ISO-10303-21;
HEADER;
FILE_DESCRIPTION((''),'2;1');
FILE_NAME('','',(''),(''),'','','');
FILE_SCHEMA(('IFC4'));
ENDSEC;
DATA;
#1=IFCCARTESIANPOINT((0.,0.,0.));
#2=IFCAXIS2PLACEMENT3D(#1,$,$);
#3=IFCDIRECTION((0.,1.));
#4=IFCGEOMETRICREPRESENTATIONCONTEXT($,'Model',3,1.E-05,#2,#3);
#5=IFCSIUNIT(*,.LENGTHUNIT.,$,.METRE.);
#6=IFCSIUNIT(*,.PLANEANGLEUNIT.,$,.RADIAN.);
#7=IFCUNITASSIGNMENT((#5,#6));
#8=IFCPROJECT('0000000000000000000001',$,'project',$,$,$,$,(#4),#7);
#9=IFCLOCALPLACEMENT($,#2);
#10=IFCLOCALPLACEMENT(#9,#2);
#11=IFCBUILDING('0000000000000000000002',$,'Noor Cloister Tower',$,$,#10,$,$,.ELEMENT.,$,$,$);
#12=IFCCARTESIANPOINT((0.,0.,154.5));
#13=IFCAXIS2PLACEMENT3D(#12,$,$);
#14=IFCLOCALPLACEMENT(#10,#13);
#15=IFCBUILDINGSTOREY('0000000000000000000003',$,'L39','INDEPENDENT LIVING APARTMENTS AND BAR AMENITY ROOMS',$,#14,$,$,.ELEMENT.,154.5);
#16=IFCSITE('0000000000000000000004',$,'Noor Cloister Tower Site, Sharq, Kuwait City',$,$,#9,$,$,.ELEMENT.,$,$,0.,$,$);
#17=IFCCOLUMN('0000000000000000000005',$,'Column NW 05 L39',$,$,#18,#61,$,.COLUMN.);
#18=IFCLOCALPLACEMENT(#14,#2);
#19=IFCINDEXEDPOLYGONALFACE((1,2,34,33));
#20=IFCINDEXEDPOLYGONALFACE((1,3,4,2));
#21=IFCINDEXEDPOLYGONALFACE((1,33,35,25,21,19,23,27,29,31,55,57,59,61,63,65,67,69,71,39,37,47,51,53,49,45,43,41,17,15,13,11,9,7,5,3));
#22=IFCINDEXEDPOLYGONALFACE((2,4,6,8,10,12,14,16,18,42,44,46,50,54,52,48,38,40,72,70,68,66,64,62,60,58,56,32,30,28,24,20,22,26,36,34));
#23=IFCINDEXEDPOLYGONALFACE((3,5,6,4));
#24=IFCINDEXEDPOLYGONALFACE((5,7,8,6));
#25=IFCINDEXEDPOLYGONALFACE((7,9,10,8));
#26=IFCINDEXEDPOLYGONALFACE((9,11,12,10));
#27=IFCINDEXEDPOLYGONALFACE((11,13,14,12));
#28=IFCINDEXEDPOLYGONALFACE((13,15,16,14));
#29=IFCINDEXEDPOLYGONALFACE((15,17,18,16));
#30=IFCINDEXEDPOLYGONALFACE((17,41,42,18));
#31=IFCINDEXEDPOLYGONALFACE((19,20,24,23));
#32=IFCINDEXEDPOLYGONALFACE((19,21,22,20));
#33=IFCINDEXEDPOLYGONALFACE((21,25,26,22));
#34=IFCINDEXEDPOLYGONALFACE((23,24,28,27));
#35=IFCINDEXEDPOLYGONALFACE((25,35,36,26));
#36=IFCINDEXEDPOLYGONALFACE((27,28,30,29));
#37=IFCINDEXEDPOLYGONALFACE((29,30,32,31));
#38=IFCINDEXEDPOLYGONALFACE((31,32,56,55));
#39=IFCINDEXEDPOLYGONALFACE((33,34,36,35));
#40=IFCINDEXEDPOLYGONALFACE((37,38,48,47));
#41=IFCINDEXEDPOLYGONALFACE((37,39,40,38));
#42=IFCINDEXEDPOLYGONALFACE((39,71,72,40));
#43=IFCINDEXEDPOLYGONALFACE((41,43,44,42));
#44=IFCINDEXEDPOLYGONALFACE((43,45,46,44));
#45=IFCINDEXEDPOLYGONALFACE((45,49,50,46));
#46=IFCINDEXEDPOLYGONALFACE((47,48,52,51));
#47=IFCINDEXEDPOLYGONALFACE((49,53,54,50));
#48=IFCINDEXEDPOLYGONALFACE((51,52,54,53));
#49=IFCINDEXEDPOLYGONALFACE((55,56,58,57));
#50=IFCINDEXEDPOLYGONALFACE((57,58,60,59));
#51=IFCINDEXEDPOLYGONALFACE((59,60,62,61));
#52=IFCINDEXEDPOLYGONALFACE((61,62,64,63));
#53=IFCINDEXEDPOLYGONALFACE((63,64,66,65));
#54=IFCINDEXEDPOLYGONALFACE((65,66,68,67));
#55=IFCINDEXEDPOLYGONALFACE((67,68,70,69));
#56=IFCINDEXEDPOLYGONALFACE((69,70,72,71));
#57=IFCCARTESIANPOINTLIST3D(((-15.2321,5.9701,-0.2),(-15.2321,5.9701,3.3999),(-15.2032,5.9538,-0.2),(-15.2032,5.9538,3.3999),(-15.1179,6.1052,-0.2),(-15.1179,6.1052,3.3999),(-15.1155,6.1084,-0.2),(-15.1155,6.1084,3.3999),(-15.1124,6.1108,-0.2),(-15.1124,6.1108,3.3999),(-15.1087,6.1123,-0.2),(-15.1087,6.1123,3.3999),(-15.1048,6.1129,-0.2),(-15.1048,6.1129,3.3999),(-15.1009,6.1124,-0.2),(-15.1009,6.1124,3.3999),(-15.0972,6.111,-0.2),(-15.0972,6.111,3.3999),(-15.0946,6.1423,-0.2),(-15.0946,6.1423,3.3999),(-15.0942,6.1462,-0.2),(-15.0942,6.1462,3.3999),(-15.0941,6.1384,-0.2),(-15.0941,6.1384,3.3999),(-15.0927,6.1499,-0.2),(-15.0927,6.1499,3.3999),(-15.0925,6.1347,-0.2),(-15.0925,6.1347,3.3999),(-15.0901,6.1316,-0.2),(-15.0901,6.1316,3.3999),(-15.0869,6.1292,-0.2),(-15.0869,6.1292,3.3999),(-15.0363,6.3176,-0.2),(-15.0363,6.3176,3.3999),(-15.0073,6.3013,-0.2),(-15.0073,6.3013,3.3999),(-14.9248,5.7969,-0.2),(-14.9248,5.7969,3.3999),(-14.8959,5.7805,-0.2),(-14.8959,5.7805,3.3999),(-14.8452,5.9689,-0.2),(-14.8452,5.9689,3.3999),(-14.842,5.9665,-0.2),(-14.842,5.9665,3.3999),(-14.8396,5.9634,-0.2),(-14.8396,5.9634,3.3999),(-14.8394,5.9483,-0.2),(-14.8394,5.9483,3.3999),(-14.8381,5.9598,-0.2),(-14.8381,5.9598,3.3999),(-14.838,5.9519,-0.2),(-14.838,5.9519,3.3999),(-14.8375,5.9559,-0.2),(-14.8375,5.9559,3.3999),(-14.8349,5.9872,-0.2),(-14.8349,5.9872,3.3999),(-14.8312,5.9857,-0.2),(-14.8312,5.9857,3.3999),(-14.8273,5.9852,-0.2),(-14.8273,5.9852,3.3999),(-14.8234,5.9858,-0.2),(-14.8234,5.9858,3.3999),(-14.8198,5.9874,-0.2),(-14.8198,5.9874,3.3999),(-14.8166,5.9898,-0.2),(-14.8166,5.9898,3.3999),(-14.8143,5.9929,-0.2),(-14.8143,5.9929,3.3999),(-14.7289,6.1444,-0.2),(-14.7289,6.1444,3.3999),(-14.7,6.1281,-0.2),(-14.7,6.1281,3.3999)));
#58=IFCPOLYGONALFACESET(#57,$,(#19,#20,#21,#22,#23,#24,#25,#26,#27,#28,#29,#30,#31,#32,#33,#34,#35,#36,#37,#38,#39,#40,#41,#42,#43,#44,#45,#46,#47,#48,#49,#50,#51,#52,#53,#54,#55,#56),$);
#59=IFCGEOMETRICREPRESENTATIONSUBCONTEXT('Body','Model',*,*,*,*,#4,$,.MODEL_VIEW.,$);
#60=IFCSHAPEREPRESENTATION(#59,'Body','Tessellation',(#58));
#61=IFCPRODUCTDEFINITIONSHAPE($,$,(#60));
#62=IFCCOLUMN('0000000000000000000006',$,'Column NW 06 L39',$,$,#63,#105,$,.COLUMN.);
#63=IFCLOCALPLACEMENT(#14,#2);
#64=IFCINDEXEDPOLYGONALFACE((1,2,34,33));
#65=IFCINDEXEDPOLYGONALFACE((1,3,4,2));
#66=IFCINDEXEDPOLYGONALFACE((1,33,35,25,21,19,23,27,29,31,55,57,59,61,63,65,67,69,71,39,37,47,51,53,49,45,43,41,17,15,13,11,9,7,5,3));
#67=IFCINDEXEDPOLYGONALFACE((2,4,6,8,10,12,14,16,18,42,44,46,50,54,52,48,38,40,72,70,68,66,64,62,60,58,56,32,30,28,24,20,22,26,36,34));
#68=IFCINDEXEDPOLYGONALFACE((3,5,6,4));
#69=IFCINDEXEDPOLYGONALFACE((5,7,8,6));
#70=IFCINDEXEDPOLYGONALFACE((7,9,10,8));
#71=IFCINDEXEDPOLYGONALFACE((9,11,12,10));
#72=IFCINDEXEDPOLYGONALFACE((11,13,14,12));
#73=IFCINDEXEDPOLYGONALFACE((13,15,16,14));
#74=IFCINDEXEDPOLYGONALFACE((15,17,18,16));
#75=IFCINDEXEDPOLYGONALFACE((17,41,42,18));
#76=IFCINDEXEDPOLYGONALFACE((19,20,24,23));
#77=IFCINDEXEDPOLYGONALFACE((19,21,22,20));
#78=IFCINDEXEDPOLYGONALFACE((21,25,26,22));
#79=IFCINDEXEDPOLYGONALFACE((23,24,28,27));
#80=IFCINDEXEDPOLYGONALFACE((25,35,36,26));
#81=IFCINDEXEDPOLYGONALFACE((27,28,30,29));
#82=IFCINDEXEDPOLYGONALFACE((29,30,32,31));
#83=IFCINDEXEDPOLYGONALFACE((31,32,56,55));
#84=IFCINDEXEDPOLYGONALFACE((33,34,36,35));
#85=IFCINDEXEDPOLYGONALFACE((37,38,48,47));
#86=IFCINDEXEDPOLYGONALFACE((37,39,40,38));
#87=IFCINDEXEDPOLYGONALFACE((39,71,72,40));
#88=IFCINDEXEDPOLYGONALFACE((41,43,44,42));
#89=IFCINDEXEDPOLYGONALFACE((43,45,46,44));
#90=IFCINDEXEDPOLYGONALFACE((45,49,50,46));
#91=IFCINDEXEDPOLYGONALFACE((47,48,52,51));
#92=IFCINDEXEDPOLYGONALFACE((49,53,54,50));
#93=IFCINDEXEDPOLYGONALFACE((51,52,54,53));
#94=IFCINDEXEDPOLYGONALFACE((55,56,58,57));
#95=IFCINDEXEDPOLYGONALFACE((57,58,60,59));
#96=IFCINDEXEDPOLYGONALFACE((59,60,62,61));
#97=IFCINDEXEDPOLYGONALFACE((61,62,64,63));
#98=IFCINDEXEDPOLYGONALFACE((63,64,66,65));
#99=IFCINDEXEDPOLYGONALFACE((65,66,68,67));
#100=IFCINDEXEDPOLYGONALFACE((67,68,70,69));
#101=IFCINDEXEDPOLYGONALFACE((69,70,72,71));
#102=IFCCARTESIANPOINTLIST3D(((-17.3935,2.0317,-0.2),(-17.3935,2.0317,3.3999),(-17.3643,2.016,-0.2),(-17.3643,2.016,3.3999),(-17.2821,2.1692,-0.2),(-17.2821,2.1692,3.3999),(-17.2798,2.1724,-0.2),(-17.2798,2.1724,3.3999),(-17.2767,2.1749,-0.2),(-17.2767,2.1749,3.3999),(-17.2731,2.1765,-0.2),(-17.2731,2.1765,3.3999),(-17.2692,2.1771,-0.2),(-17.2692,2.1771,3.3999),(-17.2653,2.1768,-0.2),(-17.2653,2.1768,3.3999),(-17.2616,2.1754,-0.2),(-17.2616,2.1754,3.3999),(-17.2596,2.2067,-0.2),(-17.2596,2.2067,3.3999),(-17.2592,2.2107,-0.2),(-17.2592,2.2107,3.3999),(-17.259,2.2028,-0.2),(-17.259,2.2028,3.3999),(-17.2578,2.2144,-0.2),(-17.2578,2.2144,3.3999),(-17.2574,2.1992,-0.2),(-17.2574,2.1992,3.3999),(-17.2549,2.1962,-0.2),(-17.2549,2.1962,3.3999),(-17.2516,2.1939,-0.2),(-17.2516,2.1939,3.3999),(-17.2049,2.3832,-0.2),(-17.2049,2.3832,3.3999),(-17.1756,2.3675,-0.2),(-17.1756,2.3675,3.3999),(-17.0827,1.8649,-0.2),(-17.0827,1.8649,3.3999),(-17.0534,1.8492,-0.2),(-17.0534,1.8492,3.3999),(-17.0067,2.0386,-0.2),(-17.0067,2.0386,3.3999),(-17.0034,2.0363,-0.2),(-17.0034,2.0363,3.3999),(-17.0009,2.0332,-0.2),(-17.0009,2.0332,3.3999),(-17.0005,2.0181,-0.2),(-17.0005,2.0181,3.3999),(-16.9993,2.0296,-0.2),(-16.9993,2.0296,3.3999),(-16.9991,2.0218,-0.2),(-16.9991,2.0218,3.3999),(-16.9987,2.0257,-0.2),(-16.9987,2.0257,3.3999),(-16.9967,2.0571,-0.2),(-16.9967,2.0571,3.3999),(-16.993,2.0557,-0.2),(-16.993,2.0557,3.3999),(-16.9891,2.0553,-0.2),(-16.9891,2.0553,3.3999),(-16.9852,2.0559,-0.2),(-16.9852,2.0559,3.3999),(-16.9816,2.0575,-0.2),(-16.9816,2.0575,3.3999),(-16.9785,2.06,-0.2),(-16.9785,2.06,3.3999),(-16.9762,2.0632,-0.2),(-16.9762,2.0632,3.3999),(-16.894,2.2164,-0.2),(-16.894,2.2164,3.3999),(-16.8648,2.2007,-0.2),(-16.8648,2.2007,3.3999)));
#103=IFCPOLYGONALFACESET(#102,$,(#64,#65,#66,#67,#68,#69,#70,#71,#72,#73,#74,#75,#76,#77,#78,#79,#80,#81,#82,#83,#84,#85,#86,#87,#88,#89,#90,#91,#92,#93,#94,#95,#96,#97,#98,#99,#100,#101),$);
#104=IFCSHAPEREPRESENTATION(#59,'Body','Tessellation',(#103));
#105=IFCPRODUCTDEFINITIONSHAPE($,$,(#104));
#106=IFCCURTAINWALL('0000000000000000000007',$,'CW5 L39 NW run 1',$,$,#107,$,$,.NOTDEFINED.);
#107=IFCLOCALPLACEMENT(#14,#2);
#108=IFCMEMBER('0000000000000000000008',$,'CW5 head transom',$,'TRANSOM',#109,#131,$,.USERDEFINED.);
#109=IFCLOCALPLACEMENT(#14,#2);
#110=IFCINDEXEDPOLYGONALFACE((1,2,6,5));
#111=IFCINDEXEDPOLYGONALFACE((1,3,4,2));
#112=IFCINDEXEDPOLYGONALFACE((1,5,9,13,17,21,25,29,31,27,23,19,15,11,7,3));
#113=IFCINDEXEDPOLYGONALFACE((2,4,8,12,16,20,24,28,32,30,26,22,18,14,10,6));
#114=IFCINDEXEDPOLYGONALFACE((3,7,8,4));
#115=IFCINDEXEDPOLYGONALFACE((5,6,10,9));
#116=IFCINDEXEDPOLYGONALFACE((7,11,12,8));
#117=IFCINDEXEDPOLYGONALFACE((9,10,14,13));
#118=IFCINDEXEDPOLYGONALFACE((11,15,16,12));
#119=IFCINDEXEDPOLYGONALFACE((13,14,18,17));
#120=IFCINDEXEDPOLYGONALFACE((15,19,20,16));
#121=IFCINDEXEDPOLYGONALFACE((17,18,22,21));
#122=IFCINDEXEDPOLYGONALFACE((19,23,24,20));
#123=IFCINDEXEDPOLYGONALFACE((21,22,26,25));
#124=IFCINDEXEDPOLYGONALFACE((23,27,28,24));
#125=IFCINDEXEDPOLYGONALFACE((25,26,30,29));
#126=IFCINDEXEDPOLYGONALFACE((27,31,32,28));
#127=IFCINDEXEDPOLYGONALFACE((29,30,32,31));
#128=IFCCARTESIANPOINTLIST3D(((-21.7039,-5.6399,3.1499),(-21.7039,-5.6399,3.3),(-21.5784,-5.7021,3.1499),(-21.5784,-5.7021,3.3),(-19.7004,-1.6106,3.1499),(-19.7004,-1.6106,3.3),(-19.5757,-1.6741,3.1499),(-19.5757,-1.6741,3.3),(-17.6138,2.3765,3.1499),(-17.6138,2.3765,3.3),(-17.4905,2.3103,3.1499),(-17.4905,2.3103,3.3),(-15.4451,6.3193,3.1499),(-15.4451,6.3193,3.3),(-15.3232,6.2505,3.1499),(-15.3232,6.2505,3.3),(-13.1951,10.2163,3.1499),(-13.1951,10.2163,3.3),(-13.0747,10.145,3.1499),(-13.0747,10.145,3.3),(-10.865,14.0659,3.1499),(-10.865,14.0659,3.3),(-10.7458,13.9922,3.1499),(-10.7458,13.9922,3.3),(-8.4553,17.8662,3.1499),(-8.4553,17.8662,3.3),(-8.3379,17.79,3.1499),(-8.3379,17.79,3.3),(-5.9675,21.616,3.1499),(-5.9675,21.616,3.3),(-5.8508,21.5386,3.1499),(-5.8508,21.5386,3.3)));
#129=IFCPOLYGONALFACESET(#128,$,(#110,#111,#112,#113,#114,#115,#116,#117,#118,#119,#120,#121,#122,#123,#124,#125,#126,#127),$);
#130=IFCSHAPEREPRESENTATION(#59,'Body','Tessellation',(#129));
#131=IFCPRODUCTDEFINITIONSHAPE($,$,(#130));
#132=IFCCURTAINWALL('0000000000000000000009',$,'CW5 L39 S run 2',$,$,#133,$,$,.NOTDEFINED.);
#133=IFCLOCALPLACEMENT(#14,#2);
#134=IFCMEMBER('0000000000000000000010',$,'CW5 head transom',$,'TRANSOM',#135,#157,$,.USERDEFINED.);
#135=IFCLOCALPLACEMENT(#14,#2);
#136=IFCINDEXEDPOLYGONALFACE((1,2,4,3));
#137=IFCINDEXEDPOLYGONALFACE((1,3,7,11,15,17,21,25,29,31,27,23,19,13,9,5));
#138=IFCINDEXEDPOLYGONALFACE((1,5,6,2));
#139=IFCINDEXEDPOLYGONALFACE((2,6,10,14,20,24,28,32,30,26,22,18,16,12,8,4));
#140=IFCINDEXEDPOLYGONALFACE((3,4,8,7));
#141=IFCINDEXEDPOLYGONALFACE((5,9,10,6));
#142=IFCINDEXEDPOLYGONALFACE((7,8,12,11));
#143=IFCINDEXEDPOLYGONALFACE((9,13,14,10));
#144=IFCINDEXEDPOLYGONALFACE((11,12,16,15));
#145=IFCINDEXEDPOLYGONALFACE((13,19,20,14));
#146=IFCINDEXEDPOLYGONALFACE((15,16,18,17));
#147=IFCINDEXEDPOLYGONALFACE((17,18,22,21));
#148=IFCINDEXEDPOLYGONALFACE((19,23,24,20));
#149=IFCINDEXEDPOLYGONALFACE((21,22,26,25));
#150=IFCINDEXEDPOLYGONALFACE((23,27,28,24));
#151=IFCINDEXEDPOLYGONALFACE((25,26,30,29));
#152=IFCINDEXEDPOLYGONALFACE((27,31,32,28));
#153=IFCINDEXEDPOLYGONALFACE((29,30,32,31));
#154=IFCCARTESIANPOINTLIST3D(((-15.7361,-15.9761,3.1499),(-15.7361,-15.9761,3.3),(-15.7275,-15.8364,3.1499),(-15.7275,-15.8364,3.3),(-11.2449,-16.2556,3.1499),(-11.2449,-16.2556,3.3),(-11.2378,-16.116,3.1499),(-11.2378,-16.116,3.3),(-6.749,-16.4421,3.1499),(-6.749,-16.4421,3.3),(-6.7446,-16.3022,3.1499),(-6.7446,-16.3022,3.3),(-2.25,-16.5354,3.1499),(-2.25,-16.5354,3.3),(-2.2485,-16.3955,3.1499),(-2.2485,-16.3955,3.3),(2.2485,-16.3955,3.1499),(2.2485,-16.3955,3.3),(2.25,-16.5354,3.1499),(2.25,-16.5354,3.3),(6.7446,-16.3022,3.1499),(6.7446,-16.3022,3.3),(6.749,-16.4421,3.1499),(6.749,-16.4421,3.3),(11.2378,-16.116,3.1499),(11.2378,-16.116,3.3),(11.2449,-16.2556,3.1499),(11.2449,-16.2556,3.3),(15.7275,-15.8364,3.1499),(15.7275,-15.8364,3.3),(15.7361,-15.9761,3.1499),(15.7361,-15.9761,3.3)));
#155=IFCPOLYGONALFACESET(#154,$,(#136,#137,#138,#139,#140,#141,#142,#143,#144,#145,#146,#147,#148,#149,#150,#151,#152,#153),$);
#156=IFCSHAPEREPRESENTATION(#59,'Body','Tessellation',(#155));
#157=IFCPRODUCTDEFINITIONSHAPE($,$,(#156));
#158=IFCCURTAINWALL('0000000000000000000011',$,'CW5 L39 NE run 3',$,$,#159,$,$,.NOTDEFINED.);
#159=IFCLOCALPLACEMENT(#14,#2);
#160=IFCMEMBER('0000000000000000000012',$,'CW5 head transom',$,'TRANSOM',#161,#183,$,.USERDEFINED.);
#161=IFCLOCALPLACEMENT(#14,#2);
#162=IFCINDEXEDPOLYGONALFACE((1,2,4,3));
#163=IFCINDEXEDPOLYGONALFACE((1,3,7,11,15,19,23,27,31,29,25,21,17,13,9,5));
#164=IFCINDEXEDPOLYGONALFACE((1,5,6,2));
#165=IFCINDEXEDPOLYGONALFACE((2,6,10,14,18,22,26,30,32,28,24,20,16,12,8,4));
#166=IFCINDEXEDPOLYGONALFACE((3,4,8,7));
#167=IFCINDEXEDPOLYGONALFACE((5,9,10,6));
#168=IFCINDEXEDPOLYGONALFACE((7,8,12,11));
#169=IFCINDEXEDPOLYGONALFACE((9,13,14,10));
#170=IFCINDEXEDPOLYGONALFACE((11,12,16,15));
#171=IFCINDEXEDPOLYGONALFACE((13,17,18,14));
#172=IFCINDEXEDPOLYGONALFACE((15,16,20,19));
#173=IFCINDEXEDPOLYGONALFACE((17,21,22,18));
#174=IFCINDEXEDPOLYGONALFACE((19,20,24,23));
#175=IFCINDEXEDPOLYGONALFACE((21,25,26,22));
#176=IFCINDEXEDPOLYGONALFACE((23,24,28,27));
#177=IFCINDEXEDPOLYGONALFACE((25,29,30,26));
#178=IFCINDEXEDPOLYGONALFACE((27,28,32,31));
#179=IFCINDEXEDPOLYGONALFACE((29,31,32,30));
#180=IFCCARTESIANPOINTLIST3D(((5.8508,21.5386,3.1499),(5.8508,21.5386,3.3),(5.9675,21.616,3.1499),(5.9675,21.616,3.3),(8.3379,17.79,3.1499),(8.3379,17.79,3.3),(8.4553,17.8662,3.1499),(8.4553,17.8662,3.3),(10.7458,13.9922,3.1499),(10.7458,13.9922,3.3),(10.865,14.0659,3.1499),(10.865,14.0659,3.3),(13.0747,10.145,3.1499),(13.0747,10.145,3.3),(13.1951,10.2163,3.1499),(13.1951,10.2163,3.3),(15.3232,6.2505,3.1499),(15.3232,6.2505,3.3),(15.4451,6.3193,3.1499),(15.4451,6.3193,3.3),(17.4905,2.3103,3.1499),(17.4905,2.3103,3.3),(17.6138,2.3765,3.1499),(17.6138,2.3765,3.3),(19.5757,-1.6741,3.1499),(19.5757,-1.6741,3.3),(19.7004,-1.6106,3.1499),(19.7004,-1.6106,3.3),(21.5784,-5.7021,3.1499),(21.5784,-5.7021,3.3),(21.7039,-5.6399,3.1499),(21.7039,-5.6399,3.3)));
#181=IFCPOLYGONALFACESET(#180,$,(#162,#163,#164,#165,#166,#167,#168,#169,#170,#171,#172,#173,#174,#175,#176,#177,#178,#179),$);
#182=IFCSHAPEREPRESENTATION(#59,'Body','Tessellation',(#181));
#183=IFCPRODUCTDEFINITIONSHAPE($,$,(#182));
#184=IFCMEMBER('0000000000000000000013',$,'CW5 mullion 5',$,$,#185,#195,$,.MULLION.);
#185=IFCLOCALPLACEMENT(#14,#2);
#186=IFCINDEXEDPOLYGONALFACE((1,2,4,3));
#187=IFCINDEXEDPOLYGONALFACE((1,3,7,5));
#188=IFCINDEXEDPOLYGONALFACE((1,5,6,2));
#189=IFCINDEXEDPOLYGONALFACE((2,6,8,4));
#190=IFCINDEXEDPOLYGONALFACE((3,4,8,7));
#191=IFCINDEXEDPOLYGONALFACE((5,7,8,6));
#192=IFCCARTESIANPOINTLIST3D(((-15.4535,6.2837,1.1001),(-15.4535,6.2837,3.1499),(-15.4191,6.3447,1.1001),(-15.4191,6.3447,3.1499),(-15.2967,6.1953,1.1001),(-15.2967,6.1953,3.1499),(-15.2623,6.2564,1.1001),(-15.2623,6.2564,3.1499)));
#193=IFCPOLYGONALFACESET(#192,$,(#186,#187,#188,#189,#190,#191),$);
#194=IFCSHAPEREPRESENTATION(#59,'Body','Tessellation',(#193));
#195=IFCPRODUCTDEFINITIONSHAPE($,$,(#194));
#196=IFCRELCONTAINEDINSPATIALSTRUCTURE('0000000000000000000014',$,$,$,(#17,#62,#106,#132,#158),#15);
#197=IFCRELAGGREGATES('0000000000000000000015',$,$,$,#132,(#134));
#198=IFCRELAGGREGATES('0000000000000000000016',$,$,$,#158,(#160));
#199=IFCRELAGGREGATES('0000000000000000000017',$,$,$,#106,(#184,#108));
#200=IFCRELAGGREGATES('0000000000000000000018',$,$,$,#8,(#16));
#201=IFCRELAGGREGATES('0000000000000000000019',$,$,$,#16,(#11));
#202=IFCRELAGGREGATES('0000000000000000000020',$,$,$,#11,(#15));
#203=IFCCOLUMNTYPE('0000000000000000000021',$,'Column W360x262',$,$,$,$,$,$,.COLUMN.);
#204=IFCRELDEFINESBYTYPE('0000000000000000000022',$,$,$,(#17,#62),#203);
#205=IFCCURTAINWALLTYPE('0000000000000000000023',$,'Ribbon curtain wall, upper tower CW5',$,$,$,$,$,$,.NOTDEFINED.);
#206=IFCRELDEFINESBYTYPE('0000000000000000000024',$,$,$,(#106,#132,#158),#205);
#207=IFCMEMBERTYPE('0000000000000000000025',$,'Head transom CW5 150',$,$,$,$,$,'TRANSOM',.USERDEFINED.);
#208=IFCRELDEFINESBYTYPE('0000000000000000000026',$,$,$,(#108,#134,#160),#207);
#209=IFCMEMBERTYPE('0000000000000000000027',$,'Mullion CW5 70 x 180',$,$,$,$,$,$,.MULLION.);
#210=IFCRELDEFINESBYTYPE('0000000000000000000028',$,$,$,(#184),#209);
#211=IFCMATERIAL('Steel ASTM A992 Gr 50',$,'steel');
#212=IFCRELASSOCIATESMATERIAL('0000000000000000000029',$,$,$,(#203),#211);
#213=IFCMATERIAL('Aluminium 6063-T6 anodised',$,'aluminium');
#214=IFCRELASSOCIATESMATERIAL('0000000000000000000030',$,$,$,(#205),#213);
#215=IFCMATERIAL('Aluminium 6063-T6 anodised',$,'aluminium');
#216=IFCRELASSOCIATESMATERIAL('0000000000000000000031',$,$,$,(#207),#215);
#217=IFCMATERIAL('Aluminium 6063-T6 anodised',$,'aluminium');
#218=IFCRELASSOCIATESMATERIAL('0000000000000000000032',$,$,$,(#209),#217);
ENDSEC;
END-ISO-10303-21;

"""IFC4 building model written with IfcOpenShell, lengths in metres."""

from ifc_helpers import new_model, si_unit, direction, frame, origin, origin_2d, place, context, subcontext, project, spatial, polyline, rectangle, i_section, outline, extrude, material, material_profile, profile_set, type_object, element, aggregate, save


model = new_model("IFC4")

# Units and contexts
model_context = context("Model", 3, precision=1e-05, world=origin(), true_north=direction((0.0, 1.0)))
body_context = subcontext(model_context, "Body", "Model", "MODEL_VIEW")
ifc_project = project(units=[si_unit("LENGTHUNIT", "METRE"), si_unit("PLANEANGLEUNIT", "RADIAN")], contexts=[model_context])

# Site, building, storey
site_placement = place(None, origin())
site = spatial("IfcSite", under=ifc_project, at=site_placement, Name="Noor Cloister Tower Site, Sharq, Kuwait City", CompositionType="ELEMENT", RefElevation=0.0)
building_placement = place(site_placement, origin())
building = spatial("IfcBuilding", under=site, at=building_placement, Name="Noor Cloister Tower", CompositionType="ELEMENT")
storey_placement = place(building_placement, frame((0.0, 0.0, 154.5)))
storey = spatial("IfcBuildingStorey", under=building, at=storey_placement, Name="L39", Description="INDEPENDENT LIVING APARTMENTS AND BAR AMENITY ROOMS", CompositionType="ELEMENT", Elevation=154.5)

# Columns
ifc_material_1 = material(Name="Steel ASTM A992 Gr 50", Category="steel")
ifc_material_profile_1 = material_profile(ifc_material_1, i_section(OverallWidth=0.3989, OverallDepth=0.386, WebThickness=0.021, FlangeThickness=0.0332, FilletRadius=0.0151, at=origin_2d()), Name="W360x262")
ifc_profile_set_1 = profile_set([ifc_material_profile_1], Name="Steel ASTM A992 Gr 50")
column_type = type_object("IfcColumnType", Name="Column W360x262", PredefinedType="COLUMN", material=ifc_profile_set_1)
for number, where, z_axis, x_axis, name in (
    (1, (-14.9661, 6.0491, -0.2), (0.0, 0.0, 1.0), (-0.490998, -0.871161, 0.0), "Column NW 05 L39"),
    (2, (-17.1292, 2.1162, -0.2), (0.0, 0.0, 1.0), (-0.472835, -0.881151, 0.0), "Column NW 06 L39"),
):
    element("IfcColumn", number, at=place(storey_placement, frame(where, z_axis=z_axis, x_axis=x_axis)), inside=storey, type_object=column_type, Name=name, PredefinedType="COLUMN", context=body_context, shape_type="SweptSolid", body=[
        extrude(i_section(OverallWidth=0.3989, OverallDepth=0.386, WebThickness=0.021, FlangeThickness=0.0332, FilletRadius=0.0151, at=origin_2d()), origin(), (0.0, 0.0, 1.0), 3.5999),
    ])

# Curtain walls, members
ifc_material_2 = material(Name="Aluminium 6063-T6 anodised", Category="aluminium")
curtain_wall_type = type_object("IfcCurtainWallType", Name="Ribbon curtain wall, upper tower CW5", PredefinedType="NOTDEFINED", material=ifc_material_2)
curtain_wall_1_placement = place(storey_placement, origin())
curtain_wall_1 = element("IfcCurtainWall", 3, at=curtain_wall_1_placement, inside=storey, type_object=curtain_wall_type, Name="CW5 L39 NW run 1", PredefinedType="NOTDEFINED")
ifc_material_3 = material(Name="Aluminium 6063-T6 anodised", Category="aluminium")
member_type_1 = type_object("IfcMemberType", Name="Head transom CW5 150", ElementType="TRANSOM", PredefinedType="USERDEFINED", material=ifc_material_3)
member_1_placement = place(storey_placement, frame((0.0, 0.0, 3.1499)))
member_1 = element("IfcMember", 4, at=member_1_placement, type_object=member_type_1, Name="CW5 head transom", ObjectType="TRANSOM", PredefinedType="USERDEFINED", context=body_context, shape_type="SweptSolid", body=[
    extrude(outline(polyline([(-5.9675, 21.616), (-8.4553, 17.8662), (-10.865, 14.0659), (-13.1951, 10.2163), (-15.4451, 6.3193), (-17.6138, 2.3765), (-19.7004, -1.6106), (-21.7039, -5.6399), (-21.5784, -5.7021), (-19.5757, -1.6741), (-17.4905, 2.3103), (-15.3232, 6.2505), (-13.0747, 10.145), (-10.7458, 13.9922), (-8.3379, 17.79), (-5.8508, 21.5386), (-5.9675, 21.616)])), origin(), (0.0, 0.0, 1.0), 0.1501),
])
curtain_wall_2_placement = place(storey_placement, origin())
curtain_wall_2 = element("IfcCurtainWall", 5, at=curtain_wall_2_placement, inside=storey, type_object=curtain_wall_type, Name="CW5 L39 S run 2", PredefinedType="NOTDEFINED")
member_2_placement = place(storey_placement, frame((0.0, 0.0, 3.1499)))
member_2 = element("IfcMember", 6, at=member_2_placement, type_object=member_type_1, Name="CW5 head transom", ObjectType="TRANSOM", PredefinedType="USERDEFINED", context=body_context, shape_type="SweptSolid", body=[
    extrude(outline(polyline([(-15.7361, -15.9761), (-11.2449, -16.2556), (-6.749, -16.4421), (-2.25, -16.5354), (2.25, -16.5354), (6.749, -16.4421), (11.2449, -16.2556), (15.7361, -15.9761), (15.7275, -15.8364), (11.2378, -16.116), (6.7446, -16.3022), (2.2485, -16.3955), (-2.2485, -16.3955), (-6.7446, -16.3022), (-11.2378, -16.116), (-15.7275, -15.8364), (-15.7361, -15.9761)])), origin(), (0.0, 0.0, 1.0), 0.1501),
])
curtain_wall_3_placement = place(storey_placement, origin())
curtain_wall_3 = element("IfcCurtainWall", 7, at=curtain_wall_3_placement, inside=storey, type_object=curtain_wall_type, Name="CW5 L39 NE run 3", PredefinedType="NOTDEFINED")
member_3_placement = place(storey_placement, frame((0.0, 0.0, 3.1499)))
member_3 = element("IfcMember", 8, at=member_3_placement, type_object=member_type_1, Name="CW5 head transom", ObjectType="TRANSOM", PredefinedType="USERDEFINED", context=body_context, shape_type="SweptSolid", body=[
    extrude(outline(polyline([(21.7039, -5.6399), (19.7004, -1.6106), (17.6138, 2.3765), (15.4451, 6.3193), (13.1951, 10.2163), (10.865, 14.0659), (8.4553, 17.8662), (5.9675, 21.616), (5.8508, 21.5386), (8.3379, 17.79), (10.7458, 13.9922), (13.0747, 10.145), (15.3232, 6.2505), (17.4905, 2.3103), (19.5757, -1.6741), (21.5784, -5.7021), (21.7039, -5.6399)])), origin(), (0.0, 0.0, 1.0), 0.1501),
])

# Member
ifc_material_4 = material(Name="Aluminium 6063-T6 anodised", Category="aluminium")
ifc_material_profile_2 = material_profile(ifc_material_4, rectangle(XDim=0.1799, YDim=0.0701, at=origin_2d()), Name="180 x 70 mullion")
ifc_profile_set_2 = profile_set([ifc_material_profile_2], Name="Aluminium 6063-T6 anodised")
member_type_2 = type_object("IfcMemberType", Name="Mullion CW5 70 x 180", PredefinedType="MULLION", material=ifc_profile_set_2)
member_4_placement = place(storey_placement, frame((-15.3579, 6.27, 1.1001), z_axis=(0.0, 0.0, 1.0), x_axis=(0.871161, -0.490998, 0.0)))
member_4 = element("IfcMember", 9, at=member_4_placement, type_object=member_type_2, Name="CW5 mullion 5", PredefinedType="MULLION", context=body_context, shape_type="SweptSolid", body=[
    extrude(rectangle(XDim=0.1799, YDim=0.0701, at=origin_2d()), origin(), (0.0, 0.0, 1.0), 2.0498),
])

aggregate(curtain_wall_2, [member_2])
aggregate(curtain_wall_3, [member_3])

aggregate(curtain_wall_1, [member_4, member_1])

save(model, "model.ifc")
